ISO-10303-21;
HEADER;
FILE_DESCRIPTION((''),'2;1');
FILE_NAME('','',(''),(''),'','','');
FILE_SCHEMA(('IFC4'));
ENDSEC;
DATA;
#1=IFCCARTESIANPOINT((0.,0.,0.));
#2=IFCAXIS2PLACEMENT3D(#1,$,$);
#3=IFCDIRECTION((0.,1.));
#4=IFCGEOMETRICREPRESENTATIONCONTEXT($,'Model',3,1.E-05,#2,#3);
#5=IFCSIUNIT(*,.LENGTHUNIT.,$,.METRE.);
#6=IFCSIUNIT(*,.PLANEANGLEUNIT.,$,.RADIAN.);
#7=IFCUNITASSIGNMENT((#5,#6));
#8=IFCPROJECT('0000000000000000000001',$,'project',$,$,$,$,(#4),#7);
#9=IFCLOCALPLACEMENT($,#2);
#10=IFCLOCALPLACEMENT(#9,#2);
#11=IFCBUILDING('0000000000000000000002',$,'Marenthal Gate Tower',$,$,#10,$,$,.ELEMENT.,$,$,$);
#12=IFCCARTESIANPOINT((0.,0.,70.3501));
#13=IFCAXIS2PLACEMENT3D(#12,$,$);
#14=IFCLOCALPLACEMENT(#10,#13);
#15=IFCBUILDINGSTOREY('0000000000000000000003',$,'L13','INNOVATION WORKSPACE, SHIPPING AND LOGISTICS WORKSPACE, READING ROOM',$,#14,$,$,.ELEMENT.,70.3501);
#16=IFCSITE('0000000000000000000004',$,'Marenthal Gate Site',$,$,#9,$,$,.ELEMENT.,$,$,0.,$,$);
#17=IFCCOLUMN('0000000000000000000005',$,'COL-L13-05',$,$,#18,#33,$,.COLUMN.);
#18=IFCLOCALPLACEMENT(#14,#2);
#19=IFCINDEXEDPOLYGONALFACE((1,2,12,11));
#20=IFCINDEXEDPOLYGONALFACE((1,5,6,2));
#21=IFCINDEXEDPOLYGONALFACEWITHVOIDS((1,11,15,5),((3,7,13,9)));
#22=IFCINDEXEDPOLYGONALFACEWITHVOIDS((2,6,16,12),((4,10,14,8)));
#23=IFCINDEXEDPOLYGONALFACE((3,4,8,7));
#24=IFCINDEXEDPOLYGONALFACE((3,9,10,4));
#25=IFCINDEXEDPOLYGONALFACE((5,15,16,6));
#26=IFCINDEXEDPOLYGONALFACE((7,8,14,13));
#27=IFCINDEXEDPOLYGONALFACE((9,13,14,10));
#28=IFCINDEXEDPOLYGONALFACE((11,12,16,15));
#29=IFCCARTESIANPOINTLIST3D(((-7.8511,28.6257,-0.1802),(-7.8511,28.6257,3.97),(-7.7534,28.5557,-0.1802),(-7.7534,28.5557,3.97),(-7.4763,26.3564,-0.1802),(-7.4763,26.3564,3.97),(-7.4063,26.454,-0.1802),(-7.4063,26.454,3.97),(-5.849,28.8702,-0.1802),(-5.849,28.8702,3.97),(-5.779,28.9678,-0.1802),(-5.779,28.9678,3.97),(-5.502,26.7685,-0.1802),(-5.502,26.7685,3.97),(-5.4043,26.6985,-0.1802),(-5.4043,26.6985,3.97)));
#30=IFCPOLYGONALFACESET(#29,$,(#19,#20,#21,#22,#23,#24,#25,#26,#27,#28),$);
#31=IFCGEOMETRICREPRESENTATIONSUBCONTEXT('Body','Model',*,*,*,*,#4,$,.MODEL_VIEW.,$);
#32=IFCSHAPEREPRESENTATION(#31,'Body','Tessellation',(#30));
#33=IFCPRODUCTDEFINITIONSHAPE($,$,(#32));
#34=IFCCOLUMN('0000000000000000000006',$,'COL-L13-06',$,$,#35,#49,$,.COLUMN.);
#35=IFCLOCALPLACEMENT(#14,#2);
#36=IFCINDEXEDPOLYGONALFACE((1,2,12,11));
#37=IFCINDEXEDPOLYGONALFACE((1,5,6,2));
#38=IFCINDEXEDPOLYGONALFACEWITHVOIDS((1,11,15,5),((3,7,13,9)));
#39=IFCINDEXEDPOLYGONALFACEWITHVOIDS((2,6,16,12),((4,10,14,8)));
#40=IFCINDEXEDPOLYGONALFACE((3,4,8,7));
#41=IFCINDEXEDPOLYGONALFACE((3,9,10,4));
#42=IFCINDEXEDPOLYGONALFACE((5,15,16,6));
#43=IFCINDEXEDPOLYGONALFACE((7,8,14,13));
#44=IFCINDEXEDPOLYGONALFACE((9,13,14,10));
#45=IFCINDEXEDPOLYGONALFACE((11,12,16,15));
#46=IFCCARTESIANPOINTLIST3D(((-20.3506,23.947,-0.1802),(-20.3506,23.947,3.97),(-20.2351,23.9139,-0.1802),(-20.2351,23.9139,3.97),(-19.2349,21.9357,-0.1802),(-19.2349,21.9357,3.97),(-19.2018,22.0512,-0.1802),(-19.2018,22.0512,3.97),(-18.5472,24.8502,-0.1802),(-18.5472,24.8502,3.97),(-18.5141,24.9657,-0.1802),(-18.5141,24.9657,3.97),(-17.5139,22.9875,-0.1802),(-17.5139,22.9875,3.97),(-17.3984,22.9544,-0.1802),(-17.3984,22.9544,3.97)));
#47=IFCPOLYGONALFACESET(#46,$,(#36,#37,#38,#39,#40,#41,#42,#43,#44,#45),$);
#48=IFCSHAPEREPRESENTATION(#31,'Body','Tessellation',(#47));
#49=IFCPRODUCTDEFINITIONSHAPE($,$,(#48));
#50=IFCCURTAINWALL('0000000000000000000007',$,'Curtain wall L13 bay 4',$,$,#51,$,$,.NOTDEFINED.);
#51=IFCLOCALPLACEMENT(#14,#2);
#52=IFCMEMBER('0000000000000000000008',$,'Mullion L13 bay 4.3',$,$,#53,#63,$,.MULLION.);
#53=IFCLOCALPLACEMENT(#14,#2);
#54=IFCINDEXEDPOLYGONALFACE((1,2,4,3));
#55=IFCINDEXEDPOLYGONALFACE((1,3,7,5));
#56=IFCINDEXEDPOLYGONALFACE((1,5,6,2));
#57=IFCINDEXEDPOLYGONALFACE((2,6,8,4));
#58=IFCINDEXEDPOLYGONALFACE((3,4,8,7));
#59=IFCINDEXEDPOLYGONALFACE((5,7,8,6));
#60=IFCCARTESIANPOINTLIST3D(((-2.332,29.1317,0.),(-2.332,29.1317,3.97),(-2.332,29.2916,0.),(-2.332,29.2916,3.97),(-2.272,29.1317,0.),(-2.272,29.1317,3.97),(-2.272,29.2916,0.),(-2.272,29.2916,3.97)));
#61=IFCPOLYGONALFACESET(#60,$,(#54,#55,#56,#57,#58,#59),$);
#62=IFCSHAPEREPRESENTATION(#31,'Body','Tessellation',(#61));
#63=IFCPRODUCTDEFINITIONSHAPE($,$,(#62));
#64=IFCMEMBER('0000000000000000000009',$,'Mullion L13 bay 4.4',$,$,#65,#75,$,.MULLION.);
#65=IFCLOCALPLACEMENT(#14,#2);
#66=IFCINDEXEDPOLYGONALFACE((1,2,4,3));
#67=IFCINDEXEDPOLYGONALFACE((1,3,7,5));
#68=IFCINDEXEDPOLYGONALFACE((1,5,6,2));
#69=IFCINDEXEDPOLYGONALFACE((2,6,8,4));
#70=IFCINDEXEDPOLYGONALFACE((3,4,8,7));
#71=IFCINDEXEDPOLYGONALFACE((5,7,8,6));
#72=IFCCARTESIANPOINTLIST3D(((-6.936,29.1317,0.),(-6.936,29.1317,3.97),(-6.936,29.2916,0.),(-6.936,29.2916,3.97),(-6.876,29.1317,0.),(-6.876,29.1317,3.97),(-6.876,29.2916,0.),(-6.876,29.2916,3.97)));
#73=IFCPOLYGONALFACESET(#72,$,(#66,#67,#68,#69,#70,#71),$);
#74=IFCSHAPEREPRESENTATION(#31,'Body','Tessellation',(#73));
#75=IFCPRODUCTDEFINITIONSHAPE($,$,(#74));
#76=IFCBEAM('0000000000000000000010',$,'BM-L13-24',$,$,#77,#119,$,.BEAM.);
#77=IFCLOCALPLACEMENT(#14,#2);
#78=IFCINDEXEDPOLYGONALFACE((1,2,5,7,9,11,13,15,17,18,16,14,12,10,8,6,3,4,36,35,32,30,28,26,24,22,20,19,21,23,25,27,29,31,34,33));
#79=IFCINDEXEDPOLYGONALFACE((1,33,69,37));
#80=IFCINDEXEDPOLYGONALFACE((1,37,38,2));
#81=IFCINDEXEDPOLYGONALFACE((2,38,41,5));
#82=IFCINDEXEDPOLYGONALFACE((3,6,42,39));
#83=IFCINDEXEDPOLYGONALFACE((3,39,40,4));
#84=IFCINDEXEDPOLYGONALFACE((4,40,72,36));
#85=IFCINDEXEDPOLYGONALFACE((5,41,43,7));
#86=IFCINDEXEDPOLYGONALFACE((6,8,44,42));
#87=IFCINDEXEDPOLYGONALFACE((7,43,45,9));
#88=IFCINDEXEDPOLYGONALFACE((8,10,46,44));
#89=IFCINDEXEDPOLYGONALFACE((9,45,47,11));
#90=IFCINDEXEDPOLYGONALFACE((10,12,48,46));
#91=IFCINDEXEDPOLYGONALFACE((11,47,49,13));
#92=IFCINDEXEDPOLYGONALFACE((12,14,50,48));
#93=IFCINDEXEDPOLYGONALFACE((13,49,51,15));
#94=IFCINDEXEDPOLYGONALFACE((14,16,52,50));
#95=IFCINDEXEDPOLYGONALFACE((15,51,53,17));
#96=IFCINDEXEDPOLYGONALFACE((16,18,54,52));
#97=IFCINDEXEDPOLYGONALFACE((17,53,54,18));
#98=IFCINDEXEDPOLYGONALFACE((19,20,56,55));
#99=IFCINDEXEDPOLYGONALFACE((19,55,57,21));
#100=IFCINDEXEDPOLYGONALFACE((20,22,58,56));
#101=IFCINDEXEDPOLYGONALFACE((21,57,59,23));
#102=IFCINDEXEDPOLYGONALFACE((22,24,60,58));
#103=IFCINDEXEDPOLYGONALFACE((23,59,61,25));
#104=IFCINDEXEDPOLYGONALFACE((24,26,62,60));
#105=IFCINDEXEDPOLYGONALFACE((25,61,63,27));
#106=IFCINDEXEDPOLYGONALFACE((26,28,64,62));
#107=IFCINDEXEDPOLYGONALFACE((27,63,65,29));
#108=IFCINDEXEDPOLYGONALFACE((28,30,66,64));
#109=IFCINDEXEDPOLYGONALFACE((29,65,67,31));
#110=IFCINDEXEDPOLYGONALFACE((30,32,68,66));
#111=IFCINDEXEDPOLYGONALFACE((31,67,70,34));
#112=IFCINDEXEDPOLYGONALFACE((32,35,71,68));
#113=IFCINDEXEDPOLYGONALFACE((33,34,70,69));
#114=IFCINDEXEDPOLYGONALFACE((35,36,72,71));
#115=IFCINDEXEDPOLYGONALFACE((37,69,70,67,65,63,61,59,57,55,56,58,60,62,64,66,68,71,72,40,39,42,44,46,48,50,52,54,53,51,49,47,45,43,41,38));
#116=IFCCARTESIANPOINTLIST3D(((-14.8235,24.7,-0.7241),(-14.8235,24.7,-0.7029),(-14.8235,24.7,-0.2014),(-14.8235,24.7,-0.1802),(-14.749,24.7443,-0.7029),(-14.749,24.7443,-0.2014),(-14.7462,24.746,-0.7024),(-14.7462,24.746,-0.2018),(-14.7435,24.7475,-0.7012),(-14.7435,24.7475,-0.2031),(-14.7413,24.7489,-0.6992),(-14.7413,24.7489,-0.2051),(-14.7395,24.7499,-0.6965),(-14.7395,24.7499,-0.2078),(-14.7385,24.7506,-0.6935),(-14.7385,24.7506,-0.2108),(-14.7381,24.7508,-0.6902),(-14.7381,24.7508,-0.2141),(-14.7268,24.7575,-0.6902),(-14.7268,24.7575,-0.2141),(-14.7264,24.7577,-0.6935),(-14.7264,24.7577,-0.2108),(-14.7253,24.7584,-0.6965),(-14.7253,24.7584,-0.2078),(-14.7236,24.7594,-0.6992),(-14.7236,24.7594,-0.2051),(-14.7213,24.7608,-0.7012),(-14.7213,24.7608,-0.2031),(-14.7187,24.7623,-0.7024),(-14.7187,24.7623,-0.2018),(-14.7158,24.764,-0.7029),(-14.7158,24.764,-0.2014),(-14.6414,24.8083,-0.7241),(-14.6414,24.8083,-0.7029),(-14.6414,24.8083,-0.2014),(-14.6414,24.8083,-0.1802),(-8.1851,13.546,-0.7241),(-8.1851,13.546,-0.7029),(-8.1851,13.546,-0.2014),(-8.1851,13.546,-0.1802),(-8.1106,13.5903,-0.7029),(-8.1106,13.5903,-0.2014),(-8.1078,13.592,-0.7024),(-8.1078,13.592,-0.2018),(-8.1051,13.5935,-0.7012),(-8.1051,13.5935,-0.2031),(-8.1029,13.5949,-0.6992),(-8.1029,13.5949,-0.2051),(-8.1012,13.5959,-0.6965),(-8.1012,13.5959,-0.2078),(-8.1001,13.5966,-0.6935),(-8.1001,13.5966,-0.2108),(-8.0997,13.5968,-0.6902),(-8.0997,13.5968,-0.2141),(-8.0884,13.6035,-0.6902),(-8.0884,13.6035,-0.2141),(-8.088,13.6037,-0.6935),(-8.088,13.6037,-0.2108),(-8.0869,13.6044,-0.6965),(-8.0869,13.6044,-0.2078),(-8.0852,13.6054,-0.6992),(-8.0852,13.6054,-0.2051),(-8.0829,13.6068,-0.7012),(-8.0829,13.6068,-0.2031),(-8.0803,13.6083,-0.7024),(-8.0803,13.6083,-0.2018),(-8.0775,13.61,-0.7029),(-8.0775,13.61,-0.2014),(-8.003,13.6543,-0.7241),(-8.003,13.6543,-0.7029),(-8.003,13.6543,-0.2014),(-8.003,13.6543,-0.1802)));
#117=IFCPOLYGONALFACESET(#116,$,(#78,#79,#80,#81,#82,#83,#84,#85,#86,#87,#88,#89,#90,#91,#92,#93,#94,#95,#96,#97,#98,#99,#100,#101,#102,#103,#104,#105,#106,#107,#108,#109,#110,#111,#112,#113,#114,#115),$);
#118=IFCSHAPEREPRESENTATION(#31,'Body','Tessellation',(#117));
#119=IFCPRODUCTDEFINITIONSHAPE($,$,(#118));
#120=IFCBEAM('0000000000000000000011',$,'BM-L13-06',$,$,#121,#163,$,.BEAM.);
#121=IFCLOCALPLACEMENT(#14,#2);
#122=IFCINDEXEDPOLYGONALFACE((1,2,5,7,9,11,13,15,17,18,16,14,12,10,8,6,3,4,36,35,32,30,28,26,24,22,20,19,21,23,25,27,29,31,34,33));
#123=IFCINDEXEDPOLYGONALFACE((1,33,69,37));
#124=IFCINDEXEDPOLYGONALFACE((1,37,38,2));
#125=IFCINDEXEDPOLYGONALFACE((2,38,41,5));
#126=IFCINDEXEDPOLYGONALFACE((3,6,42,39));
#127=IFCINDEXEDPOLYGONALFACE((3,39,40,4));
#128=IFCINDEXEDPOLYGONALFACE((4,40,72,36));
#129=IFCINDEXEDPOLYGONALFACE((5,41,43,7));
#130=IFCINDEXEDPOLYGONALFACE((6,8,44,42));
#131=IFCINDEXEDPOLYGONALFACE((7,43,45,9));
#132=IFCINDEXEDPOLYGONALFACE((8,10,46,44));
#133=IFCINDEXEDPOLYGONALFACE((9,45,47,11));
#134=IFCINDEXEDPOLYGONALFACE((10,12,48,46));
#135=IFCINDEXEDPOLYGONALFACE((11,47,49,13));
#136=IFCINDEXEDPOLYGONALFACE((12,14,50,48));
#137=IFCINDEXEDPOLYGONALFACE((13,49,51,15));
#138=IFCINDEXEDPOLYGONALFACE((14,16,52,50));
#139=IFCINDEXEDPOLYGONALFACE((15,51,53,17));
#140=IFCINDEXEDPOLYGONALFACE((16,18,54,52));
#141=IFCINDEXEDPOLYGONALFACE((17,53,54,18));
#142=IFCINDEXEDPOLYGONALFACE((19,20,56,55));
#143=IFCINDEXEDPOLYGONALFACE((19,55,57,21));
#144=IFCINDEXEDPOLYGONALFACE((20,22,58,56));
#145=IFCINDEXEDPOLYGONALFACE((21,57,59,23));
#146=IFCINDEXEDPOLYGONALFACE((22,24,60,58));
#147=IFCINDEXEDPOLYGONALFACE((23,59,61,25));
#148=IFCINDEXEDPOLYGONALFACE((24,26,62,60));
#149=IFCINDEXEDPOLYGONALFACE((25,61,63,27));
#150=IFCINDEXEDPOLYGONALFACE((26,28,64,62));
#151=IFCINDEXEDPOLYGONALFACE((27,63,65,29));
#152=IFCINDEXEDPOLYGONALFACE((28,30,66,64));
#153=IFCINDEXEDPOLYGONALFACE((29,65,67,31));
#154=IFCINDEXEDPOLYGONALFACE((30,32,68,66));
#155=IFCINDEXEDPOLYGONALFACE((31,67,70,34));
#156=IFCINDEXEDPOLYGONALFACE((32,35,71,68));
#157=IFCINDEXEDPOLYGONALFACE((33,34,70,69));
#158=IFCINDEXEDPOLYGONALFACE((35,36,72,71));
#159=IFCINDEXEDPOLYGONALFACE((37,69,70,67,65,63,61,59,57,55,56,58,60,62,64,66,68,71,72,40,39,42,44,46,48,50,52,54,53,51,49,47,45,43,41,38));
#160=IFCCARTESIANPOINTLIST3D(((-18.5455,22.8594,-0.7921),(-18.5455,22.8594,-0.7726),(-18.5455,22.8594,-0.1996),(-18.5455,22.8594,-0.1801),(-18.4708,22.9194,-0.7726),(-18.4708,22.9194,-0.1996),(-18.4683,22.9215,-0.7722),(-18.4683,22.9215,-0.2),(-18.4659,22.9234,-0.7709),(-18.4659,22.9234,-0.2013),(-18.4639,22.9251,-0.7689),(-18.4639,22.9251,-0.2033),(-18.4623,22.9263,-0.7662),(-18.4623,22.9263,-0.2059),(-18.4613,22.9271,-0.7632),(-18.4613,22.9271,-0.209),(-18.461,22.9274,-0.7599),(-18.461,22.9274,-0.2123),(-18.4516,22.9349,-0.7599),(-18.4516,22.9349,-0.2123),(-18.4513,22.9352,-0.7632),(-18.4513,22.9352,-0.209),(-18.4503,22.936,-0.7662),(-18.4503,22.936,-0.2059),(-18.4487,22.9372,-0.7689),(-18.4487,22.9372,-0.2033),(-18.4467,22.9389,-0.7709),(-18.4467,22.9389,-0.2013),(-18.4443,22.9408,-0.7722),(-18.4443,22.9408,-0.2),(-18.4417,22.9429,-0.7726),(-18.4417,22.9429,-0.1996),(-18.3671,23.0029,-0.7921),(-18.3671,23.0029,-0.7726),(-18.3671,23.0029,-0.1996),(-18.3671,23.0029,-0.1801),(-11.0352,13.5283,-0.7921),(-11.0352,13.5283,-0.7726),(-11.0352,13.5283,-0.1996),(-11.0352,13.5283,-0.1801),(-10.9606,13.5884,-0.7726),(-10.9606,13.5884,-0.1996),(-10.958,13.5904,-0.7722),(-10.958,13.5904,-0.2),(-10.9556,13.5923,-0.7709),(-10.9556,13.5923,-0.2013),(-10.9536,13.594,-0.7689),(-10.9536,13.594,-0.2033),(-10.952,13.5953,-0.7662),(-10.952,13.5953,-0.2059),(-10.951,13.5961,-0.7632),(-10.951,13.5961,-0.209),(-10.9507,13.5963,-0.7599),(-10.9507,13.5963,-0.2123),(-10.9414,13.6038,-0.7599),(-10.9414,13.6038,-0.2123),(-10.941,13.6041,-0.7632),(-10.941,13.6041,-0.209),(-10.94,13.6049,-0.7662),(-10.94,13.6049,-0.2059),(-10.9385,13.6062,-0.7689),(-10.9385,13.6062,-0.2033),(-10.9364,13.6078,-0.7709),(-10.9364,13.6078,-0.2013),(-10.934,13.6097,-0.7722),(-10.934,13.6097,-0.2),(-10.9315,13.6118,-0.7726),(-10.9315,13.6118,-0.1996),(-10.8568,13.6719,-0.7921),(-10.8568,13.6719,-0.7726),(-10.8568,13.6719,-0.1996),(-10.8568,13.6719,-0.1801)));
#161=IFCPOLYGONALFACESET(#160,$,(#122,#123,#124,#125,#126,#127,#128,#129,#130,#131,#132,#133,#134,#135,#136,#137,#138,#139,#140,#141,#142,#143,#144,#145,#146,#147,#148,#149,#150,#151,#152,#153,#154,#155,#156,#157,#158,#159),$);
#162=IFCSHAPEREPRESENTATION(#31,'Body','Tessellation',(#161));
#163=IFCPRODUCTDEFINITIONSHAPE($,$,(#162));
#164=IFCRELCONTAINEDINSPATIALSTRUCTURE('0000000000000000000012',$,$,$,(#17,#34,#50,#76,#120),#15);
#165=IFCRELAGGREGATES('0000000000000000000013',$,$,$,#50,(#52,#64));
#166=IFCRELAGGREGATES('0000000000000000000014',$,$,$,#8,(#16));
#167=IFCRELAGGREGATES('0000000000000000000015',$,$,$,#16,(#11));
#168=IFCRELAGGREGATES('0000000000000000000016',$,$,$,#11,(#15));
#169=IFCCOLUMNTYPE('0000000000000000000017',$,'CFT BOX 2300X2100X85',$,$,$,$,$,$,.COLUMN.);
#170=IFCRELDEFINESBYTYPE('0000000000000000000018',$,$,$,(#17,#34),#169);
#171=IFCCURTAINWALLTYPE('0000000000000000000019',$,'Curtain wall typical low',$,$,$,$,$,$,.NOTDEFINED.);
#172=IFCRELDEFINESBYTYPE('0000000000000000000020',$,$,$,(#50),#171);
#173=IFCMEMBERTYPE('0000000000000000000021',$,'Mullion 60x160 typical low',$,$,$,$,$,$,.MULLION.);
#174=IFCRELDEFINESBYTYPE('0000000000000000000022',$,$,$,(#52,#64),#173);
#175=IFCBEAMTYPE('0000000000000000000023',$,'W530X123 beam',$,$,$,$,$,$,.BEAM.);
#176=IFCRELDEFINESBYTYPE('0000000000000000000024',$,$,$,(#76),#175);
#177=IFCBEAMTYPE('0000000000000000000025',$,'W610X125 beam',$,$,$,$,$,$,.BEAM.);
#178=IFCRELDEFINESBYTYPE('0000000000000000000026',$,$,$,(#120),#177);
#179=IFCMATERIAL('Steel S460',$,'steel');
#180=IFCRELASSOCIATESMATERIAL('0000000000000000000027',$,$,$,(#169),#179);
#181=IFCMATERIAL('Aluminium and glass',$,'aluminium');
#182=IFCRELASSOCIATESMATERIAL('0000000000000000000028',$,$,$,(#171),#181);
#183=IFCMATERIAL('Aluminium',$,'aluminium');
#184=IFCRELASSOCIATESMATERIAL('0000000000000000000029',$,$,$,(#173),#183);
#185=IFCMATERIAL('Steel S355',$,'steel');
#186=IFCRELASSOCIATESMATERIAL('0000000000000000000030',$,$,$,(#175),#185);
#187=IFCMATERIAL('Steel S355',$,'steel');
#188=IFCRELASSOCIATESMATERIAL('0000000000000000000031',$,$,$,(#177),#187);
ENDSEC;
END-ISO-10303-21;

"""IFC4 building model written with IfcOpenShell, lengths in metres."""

from ifc_helpers import new_model, si_unit, direction, frame, origin, origin_2d, place, context, subcontext, project, spatial, rectangle, hollow_rectangle, i_section, extrude, material, material_profile, profile_set, type_object, element, aggregate, save


model = new_model("IFC4")

# Units and contexts
model_context = context("Model", 3, precision=1e-05, world=origin(), true_north=direction((0.0, 1.0)))
body_context = subcontext(model_context, "Body", "Model", "MODEL_VIEW")
ifc_project = project(units=[si_unit("LENGTHUNIT", "METRE"), si_unit("PLANEANGLEUNIT", "RADIAN")], contexts=[model_context])

# Site, building, storey
site_placement = place(None, origin())
site = spatial("IfcSite", under=ifc_project, at=site_placement, Name="Marenthal Gate Site", CompositionType="ELEMENT", RefElevation=0.0)
building_placement = place(site_placement, origin())
building = spatial("IfcBuilding", under=site, at=building_placement, Name="Marenthal Gate Tower", CompositionType="ELEMENT")
storey_placement = place(building_placement, frame((0.0, 0.0, 70.3501)))
storey = spatial("IfcBuildingStorey", under=building, at=storey_placement, Name="L13", Description="INNOVATION WORKSPACE, SHIPPING AND LOGISTICS WORKSPACE, READING ROOM", CompositionType="ELEMENT", Elevation=70.3501)

# Columns
ifc_material_1 = material(Name="Steel S460", Category="steel")
ifc_material_profile_1 = material_profile(ifc_material_1, hollow_rectangle(XDim=2.1001, YDim=2.3, WallThickness=0.085, at=origin_2d()), Name="CFT BOX 2300X2100X85")
ifc_material_2 = material(Name="Concrete 70 MPa", Category="concrete")
ifc_material_profile_2 = material_profile(ifc_material_2, rectangle(XDim=1.9299, YDim=2.1299, at=origin_2d()), Name="CFT BOX 2300X2100X85 INFILL")
ifc_profile_set_1 = profile_set([ifc_material_profile_1, ifc_material_profile_2], Name="Steel S460 shell, Concrete 70 MPa infill")
column_type = type_object("IfcColumnType", Name="CFT BOX 2300X2100X85", PredefinedType="COLUMN", material=ifc_profile_set_1)
for number, where, z_axis, x_axis, name in (
    (1, (-6.6277, 27.6621, -0.1802), (0.0, 0.0, 1.0), (0.986638, 0.162928, 0.0), "COL-L13-05"),
    (2, (-18.8745, 23.4507, -0.1802), (0.0, 0.0, 1.0), (0.874469, 0.485081, 0.0), "COL-L13-06"),
):
    element("IfcColumn", number, at=place(storey_placement, frame(where, z_axis=z_axis, x_axis=x_axis)), inside=storey, type_object=column_type, Name=name, PredefinedType="COLUMN", context=body_context, shape_type="SweptSolid", body=[
        extrude(hollow_rectangle(XDim=2.1001, YDim=2.3, WallThickness=0.085, at=origin_2d()), origin(), (0.0, 0.0, 1.0), 4.1501),
    ])

# Curtain wall, members
ifc_material_3 = material(Name="Aluminium and glass", Category="aluminium")
curtain_wall_type = type_object("IfcCurtainWallType", Name="Curtain wall typical low", PredefinedType="NOTDEFINED", material=ifc_material_3)
curtain_wall_placement = place(storey_placement, origin())
curtain_wall = element("IfcCurtainWall", 3, at=curtain_wall_placement, inside=storey, type_object=curtain_wall_type, Name="Curtain wall L13 bay 4", PredefinedType="NOTDEFINED")
ifc_material_4 = material(Name="Aluminium", Category="aluminium")
ifc_material_profile_3 = material_profile(ifc_material_4, rectangle(XDim=0.1599, YDim=0.0601, at=origin_2d()), Name="60x160 aluminium mullion")
ifc_profile_set_2 = profile_set([ifc_material_profile_3], Name="Aluminium")
member_type = type_object("IfcMemberType", Name="Mullion 60x160 typical low", PredefinedType="MULLION", material=ifc_profile_set_2)
member_1_placement = place(storey_placement, frame((-2.302, 29.2117, 0.0), z_axis=(0.0, 0.0, 1.0), x_axis=(0.0, -1.0, 0.0)))
member_1 = element("IfcMember", 4, at=member_1_placement, type_object=member_type, Name="Mullion L13 bay 4.3", PredefinedType="MULLION", context=body_context, shape_type="SweptSolid", body=[
    extrude(rectangle(XDim=0.1599, YDim=0.0601, at=origin_2d()), origin(), (0.0, 0.0, 1.0), 3.97),
])
member_2_placement = place(storey_placement, frame((-6.906, 29.2117, 0.0), z_axis=(0.0, 0.0, 1.0), x_axis=(0.0, -1.0, 0.0)))
member_2 = element("IfcMember", 5, at=member_2_placement, type_object=member_type, Name="Mullion L13 bay 4.4", PredefinedType="MULLION", context=body_context, shape_type="SweptSolid", body=[
    extrude(rectangle(XDim=0.1599, YDim=0.0601, at=origin_2d()), origin(), (0.0, 0.0, 1.0), 3.97),
])

# Beams
ifc_material_5 = material(Name="Steel S355", Category="steel")
ifc_material_profile_4 = material_profile(ifc_material_5, i_section(OverallWidth=0.2119, OverallDepth=0.5439, WebThickness=0.0132, FlangeThickness=0.0212, FilletRadius=0.0127, at=origin_2d()), Name="W530X123")
ifc_profile_set_3 = profile_set([ifc_material_profile_4], Name="Steel S355")
beam_type_1 = type_object("IfcBeamType", Name="W530X123 beam", PredefinedType="BEAM", material=ifc_profile_set_3)
beam_1_placement = place(storey_placement, frame((-14.7324, 24.7542, -0.4521), z_axis=(0.511433, -0.859323, 0.0), x_axis=(0.859323, 0.511433, 0.0)))
element("IfcBeam", 6, at=beam_1_placement, inside=storey, type_object=beam_type_1, Name="BM-L13-24", PredefinedType="BEAM", context=body_context, shape_type="SweptSolid", body=[
    extrude(i_section(OverallWidth=0.2119, OverallDepth=0.5439, WebThickness=0.0132, FlangeThickness=0.0212, FilletRadius=0.0127, at=origin_2d()), origin(), (0.0, 0.0, 1.0), 12.98),
])
ifc_material_6 = material(Name="Steel S355", Category="steel")
ifc_material_profile_5 = material_profile(ifc_material_6, i_section(OverallWidth=0.229, OverallDepth=0.6121, WebThickness=0.012, FlangeThickness=0.0195, FilletRadius=0.0127, at=origin_2d()), Name="W610X125")
ifc_profile_set_4 = profile_set([ifc_material_profile_5], Name="Steel S355")
beam_type_2 = type_object("IfcBeamType", Name="W610X125 beam", PredefinedType="BEAM", material=ifc_profile_set_4)
beam_2_placement = place(storey_placement, frame((-18.4563, 22.9312, -0.4861), z_axis=(0.627004, -0.779016, 0.0), x_axis=(0.779016, 0.627004, 0.0)))
element("IfcBeam", 7, at=beam_2_placement, inside=storey, type_object=beam_type_2, Name="BM-L13-06", PredefinedType="BEAM", context=body_context, shape_type="SweptSolid", body=[
    extrude(i_section(OverallWidth=0.229, OverallDepth=0.6121, WebThickness=0.012, FlangeThickness=0.0195, FilletRadius=0.0127, at=origin_2d()), origin(), (0.0, 0.0, 1.0), 11.978),
])

aggregate(curtain_wall, [member_1, member_2])

save(model, "model.ifc")
